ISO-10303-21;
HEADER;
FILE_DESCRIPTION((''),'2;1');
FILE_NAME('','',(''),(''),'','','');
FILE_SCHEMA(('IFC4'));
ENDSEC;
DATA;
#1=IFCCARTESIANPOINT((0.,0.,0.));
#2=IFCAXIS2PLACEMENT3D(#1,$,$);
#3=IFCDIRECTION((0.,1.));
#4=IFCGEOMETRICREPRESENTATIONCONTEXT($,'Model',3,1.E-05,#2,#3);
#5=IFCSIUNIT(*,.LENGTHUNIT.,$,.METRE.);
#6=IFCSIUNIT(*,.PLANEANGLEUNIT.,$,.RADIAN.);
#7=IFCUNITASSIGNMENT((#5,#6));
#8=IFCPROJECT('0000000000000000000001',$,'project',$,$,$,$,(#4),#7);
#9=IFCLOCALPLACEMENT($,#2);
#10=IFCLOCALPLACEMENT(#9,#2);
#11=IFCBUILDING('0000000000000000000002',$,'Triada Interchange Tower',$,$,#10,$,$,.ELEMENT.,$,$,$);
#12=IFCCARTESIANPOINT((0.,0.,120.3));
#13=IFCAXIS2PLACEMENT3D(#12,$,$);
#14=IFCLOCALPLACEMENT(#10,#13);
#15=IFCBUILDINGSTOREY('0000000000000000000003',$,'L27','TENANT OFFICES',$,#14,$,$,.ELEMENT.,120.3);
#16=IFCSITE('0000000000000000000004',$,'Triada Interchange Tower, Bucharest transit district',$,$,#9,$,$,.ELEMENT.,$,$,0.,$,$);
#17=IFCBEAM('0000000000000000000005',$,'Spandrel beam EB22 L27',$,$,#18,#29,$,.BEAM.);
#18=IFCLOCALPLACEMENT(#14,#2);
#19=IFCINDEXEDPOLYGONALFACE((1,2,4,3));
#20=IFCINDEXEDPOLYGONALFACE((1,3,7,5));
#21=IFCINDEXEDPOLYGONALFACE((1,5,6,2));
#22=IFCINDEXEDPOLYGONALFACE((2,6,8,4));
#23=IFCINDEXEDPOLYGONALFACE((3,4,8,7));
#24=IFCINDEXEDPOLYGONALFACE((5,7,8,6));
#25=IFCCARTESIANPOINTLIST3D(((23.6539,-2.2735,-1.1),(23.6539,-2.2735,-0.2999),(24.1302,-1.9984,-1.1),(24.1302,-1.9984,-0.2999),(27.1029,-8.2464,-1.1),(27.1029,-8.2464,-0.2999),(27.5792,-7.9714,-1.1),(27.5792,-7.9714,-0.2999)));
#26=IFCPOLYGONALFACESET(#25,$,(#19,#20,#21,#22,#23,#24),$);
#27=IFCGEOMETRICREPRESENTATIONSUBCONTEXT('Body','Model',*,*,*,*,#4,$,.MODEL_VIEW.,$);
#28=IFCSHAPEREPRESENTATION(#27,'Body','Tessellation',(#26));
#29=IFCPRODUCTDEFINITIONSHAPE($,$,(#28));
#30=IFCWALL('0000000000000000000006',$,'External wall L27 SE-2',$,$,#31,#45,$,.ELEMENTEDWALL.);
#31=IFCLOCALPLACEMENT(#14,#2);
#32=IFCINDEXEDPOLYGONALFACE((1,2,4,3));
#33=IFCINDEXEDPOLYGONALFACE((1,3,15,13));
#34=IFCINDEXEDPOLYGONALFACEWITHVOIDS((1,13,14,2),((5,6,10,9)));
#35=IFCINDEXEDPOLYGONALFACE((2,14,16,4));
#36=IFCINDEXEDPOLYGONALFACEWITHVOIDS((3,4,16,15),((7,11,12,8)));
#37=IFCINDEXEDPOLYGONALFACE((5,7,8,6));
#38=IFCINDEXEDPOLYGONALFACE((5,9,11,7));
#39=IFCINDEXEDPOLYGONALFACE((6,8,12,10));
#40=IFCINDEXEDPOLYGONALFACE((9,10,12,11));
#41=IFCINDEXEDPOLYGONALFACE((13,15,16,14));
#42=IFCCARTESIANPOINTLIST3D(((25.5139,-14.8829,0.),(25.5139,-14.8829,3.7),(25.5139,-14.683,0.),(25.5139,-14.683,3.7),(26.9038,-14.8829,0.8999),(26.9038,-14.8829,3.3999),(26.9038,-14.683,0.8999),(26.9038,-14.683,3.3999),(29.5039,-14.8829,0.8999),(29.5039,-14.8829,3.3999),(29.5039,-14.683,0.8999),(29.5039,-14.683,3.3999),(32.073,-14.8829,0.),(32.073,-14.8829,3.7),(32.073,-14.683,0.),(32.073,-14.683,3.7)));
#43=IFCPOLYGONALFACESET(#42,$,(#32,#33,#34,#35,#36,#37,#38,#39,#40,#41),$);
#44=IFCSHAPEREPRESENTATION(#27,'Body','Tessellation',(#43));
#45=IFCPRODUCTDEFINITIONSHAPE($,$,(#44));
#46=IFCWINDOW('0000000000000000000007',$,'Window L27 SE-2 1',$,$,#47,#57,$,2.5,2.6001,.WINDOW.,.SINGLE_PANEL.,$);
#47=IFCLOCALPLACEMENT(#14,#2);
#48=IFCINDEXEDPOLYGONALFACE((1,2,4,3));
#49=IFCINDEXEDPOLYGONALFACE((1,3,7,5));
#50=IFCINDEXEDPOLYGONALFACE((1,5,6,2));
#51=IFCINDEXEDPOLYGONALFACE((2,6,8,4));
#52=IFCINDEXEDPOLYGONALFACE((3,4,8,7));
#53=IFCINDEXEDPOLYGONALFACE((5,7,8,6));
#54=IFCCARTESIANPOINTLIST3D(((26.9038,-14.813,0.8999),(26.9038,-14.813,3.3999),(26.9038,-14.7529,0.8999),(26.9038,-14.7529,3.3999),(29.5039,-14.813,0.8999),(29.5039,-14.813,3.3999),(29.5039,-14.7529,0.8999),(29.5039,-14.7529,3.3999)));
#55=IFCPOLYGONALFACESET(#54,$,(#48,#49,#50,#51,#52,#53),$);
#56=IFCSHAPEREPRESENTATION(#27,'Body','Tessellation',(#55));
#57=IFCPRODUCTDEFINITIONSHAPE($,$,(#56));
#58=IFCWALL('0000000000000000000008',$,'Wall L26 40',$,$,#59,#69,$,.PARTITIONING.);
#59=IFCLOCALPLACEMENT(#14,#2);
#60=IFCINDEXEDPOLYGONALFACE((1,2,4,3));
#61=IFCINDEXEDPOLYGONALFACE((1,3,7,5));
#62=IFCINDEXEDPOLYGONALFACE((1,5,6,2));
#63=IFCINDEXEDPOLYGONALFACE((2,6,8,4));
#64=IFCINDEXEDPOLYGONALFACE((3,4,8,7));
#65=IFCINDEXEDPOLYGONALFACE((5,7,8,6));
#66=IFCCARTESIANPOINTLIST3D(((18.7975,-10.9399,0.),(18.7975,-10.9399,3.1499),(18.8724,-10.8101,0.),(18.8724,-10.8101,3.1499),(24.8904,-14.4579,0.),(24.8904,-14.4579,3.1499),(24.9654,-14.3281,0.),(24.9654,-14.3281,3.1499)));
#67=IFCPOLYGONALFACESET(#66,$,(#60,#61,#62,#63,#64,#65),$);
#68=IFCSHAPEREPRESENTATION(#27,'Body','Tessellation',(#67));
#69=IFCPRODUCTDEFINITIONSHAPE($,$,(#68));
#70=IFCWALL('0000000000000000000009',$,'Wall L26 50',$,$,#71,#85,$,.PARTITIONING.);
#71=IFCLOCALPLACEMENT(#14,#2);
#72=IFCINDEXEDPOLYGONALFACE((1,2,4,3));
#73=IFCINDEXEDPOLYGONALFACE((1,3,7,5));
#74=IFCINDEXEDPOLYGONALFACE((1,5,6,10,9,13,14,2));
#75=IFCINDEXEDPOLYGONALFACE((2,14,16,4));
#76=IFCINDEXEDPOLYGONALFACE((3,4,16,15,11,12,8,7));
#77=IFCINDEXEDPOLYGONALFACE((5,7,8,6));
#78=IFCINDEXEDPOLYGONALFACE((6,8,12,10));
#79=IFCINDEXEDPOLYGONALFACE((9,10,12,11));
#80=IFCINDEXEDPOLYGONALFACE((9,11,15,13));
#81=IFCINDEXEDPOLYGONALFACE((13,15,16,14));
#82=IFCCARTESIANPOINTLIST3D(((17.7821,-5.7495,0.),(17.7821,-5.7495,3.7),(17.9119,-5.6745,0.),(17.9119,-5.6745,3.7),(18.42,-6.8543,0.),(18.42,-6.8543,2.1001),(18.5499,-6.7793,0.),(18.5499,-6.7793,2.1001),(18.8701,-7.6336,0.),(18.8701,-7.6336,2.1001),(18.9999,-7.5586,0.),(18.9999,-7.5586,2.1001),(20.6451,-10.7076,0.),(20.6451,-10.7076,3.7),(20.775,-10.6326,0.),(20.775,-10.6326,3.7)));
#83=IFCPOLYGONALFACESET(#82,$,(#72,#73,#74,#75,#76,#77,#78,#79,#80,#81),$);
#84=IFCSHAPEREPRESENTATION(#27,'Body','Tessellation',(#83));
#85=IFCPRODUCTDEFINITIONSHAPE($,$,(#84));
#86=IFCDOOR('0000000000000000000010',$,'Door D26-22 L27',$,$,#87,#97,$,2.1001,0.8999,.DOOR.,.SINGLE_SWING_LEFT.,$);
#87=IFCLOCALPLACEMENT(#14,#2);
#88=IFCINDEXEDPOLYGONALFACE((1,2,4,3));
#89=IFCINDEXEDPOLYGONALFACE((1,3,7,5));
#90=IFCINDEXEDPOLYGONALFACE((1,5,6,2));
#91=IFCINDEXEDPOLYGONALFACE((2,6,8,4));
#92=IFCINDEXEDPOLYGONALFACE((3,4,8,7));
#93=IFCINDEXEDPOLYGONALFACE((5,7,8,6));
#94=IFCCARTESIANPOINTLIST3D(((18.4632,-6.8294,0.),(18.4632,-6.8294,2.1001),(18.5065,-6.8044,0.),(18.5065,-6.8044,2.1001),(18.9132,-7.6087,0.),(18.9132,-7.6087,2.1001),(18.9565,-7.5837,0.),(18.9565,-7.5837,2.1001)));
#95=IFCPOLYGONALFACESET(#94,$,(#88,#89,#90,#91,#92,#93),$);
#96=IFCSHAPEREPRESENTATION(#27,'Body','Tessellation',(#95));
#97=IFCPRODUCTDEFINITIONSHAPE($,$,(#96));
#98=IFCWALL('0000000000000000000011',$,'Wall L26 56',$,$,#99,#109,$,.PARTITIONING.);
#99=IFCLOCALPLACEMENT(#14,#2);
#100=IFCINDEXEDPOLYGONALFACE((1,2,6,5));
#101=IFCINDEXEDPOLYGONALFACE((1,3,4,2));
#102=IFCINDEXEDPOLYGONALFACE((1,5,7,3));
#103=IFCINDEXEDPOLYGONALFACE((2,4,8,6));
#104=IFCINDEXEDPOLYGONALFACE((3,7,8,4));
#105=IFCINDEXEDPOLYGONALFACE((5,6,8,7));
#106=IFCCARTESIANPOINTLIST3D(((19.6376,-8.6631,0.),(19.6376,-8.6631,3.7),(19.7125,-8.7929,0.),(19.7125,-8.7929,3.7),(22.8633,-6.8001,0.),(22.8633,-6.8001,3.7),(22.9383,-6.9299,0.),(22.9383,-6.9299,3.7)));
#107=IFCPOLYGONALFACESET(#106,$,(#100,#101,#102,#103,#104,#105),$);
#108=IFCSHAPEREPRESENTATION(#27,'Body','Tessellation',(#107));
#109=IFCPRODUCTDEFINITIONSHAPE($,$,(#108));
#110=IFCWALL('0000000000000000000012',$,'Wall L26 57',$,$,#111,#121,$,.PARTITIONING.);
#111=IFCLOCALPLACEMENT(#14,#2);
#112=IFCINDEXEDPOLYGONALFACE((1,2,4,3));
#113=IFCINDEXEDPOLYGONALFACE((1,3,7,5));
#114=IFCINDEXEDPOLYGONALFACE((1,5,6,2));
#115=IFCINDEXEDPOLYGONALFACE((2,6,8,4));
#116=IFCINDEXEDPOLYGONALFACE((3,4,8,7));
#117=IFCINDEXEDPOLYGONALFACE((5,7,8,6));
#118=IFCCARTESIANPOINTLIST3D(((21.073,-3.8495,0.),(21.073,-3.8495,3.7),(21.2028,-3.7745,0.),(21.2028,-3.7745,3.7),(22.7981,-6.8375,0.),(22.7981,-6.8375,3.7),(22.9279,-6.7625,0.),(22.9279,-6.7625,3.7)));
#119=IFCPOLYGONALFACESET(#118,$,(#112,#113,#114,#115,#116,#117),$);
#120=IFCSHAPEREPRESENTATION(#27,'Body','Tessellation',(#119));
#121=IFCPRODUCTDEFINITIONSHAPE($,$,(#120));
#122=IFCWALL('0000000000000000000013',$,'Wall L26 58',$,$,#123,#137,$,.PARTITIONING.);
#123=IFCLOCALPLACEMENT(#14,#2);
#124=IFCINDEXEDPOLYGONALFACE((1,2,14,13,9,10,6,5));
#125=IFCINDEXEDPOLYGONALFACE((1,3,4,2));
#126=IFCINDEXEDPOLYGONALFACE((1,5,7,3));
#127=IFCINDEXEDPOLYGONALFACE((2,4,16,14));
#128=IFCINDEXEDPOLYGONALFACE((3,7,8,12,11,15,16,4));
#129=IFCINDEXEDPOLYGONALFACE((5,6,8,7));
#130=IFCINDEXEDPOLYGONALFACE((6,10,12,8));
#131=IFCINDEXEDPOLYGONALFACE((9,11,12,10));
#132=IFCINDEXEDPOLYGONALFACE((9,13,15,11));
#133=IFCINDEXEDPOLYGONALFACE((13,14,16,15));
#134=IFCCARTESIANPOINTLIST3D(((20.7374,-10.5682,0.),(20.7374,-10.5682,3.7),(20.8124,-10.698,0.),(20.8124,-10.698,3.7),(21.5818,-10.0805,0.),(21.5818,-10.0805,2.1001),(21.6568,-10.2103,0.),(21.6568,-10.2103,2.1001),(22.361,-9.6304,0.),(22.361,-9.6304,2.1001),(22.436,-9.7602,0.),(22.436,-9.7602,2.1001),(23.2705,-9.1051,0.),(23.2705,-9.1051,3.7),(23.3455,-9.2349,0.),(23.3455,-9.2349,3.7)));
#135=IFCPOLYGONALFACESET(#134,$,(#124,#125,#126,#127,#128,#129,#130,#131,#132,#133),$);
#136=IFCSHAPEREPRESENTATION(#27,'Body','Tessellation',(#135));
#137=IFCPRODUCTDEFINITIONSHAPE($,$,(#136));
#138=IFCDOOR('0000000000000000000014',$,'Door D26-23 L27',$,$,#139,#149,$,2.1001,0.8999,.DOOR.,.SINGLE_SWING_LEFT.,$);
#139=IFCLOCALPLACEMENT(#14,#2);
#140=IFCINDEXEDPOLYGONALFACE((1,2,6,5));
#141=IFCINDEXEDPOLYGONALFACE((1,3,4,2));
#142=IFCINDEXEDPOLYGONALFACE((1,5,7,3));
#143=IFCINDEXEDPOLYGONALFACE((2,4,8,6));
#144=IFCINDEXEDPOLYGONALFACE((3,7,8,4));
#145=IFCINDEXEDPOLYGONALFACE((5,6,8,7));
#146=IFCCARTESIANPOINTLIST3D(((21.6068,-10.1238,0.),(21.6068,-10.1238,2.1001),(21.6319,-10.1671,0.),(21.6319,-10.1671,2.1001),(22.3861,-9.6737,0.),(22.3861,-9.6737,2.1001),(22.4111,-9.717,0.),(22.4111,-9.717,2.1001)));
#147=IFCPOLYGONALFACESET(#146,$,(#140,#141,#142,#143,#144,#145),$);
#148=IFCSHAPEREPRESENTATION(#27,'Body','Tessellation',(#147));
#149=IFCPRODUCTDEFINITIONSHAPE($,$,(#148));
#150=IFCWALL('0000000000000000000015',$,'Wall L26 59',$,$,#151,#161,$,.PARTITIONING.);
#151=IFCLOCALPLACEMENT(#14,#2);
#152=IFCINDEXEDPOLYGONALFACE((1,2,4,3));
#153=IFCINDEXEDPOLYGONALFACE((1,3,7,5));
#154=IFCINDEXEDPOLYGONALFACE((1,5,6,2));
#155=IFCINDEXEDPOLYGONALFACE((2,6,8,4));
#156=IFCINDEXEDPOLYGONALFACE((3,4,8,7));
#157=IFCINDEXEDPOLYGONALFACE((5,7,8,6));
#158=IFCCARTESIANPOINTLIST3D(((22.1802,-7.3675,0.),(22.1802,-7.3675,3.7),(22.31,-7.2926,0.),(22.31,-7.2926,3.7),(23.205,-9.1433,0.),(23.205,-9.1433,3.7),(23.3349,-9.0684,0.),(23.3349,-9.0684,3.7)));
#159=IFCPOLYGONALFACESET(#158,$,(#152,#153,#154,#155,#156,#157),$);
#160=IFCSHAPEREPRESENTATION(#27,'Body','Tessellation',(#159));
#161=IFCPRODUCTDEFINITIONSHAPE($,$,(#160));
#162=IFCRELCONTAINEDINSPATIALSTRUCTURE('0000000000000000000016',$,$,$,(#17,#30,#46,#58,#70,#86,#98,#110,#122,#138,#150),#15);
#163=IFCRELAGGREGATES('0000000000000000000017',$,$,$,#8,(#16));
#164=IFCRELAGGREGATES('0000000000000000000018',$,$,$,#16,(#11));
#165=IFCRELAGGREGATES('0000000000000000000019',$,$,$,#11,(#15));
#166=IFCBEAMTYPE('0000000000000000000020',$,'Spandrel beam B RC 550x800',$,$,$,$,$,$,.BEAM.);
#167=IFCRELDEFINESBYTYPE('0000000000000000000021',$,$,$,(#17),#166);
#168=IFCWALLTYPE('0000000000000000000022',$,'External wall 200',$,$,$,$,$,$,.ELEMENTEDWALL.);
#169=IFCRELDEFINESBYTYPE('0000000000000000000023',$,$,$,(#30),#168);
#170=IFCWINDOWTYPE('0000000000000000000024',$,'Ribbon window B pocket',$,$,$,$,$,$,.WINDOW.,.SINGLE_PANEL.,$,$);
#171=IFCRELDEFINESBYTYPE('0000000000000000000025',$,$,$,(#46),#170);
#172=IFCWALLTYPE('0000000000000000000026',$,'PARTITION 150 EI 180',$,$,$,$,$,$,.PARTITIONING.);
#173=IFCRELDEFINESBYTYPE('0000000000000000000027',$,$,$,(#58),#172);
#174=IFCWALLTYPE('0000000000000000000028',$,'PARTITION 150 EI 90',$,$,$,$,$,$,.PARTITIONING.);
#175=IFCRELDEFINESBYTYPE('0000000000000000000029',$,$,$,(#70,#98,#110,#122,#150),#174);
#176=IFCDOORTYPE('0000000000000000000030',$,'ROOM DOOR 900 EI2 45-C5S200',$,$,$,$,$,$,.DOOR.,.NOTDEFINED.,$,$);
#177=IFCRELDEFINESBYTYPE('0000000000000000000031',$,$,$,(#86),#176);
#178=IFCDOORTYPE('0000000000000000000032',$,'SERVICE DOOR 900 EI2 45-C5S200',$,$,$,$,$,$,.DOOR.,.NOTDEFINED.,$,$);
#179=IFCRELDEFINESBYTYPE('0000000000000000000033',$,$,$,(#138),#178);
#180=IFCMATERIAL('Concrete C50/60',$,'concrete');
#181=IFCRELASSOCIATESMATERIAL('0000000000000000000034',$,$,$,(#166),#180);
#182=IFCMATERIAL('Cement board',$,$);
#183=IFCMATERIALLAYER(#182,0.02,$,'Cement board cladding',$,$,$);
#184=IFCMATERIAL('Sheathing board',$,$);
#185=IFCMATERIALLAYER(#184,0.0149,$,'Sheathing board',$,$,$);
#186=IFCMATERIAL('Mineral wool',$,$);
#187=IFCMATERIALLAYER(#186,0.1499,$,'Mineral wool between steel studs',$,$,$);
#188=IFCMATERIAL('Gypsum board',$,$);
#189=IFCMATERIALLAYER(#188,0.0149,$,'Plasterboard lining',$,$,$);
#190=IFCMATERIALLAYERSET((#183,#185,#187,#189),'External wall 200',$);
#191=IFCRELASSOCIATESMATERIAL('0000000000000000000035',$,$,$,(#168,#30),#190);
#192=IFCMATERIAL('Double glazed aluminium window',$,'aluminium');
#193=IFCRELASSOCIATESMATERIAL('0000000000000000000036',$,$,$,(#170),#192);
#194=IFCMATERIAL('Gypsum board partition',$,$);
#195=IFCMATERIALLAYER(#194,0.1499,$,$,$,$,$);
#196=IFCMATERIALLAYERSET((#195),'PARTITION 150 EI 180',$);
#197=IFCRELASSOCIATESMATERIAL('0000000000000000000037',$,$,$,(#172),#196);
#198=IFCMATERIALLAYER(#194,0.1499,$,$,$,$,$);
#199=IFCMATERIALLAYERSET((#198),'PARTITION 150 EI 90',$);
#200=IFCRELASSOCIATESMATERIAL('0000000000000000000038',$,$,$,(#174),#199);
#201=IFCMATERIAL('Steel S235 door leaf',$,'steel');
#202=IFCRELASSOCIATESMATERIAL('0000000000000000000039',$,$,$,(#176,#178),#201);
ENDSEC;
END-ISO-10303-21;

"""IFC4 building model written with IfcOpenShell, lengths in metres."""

from ifc_helpers import new_model, si_unit, direction, frame, frame_2d, origin, origin_2d, place, context, subcontext, project, spatial, rectangle, extrude, material, layer, layer_set, layer_usage, material_profile, profile_set, type_object, element, fill, save


model = new_model("IFC4")

# Units and contexts
model_context = context("Model", 3, precision=1e-05, world=origin(), true_north=direction((0.0, 1.0)))
body_context = subcontext(model_context, "Body", "Model", "MODEL_VIEW")
ifc_project = project(units=[si_unit("LENGTHUNIT", "METRE"), si_unit("PLANEANGLEUNIT", "RADIAN")], contexts=[model_context])

# Site, building, storey
site_placement = place(None, origin())
site = spatial("IfcSite", under=ifc_project, at=site_placement, Name="Triada Interchange Tower, Bucharest transit district", CompositionType="ELEMENT", RefElevation=0.0)
building_placement = place(site_placement, origin())
building = spatial("IfcBuilding", under=site, at=building_placement, Name="Triada Interchange Tower", CompositionType="ELEMENT")
storey_placement = place(building_placement, frame((0.0, 0.0, 120.3)))
storey = spatial("IfcBuildingStorey", under=building, at=storey_placement, Name="L27", Description="TENANT OFFICES", CompositionType="ELEMENT", Elevation=120.3)

# Beam
ifc_material_1 = material(Name="Concrete C50/60", Category="concrete")
ifc_material_profile_1 = material_profile(ifc_material_1, rectangle(XDim=0.55, YDim=0.8, at=origin_2d()), Name="RC 550x800")
ifc_profile_set_1 = profile_set([ifc_material_profile_1], Name="Concrete C50/60")
beam_type_1 = type_object("IfcBeamType", Name="Spandrel beam B RC 550x800", PredefinedType="BEAM", material=ifc_profile_set_1)
beam_1_placement = place(storey_placement, frame((27.3411, -8.1089, -0.7), z_axis=(-0.500056, 0.865993, 0.0), x_axis=(-0.865993, -0.500056, 0.0)))
element("IfcBeam", 1, at=beam_1_placement, inside=storey, type_object=beam_type_1, Name="Spandrel beam EB22 L27", PredefinedType="BEAM", context=body_context, shape_type="SweptSolid", body=[
    extrude(rectangle(XDim=0.55, YDim=0.8, at=origin_2d()), origin(), (0.0, 0.0, 1.0), 6.8972),
])

# Wall, opening, window
ifc_material_2 = material(Name="Cement board")
ifc_layer_1 = layer(ifc_material_2, 0.02, Name="Cement board cladding")
ifc_material_3 = material(Name="Sheathing board")
ifc_layer_2 = layer(ifc_material_3, 0.0149, Name="Sheathing board")
ifc_material_4 = material(Name="Mineral wool")
ifc_layer_3 = layer(ifc_material_4, 0.1499, Name="Mineral wool between steel studs")
ifc_material_5 = material(Name="Gypsum board")
ifc_layer_4 = layer(ifc_material_5, 0.0149, Name="Plasterboard lining")
ifc_layer_set_1 = layer_set([ifc_layer_1, ifc_layer_2, ifc_layer_3, ifc_layer_4], Name="External wall 200")
ifc_layer_usage = layer_usage(ifc_layer_set_1, "AXIS2", "POSITIVE", -0.1001)
wall_type_1 = type_object("IfcWallType", Name="External wall 200", PredefinedType="ELEMENTEDWALL", material=ifc_layer_set_1)
wall_1_placement = place(storey_placement, frame((25.5139, -14.783, 0.0), z_axis=(0.0, 0.0, 1.0), x_axis=(1.0, 0.0, 0.0)))
wall_1 = element("IfcWall", 2, at=wall_1_placement, inside=storey, type_object=wall_type_1, material=ifc_layer_usage, Name="External wall L27 SE-2", PredefinedType="ELEMENTEDWALL", context=body_context, shape_type="SweptSolid", body=[
    extrude(rectangle(XDim=6.5591, YDim=0.2, at=frame_2d((3.2795, 0.0))), origin(), (0.0, 0.0, 1.0), 3.7),
])
opening_1_placement = place(wall_1_placement, frame((1.3899, 0.0, 0.8999)))
opening_1 = element("IfcOpeningElement", 3, at=opening_1_placement, cuts=wall_1, PredefinedType="OPENING", context=body_context, shape_type="SweptSolid", body=[
    extrude(rectangle(XDim=2.6001, YDim=2.5, at=frame_2d((1.3, 1.25))), frame((0.0, 0.1099, 0.0), z_axis=(0.0, -1.0, 0.0), x_axis=(1.0, 0.0, 0.0)), (0.0, 0.0, 1.0), 0.22),
])
ifc_material_6 = material(Name="Double glazed aluminium window", Category="aluminium")
window_type = type_object("IfcWindowType", Name="Ribbon window B pocket", PartitioningType="SINGLE_PANEL", PredefinedType="WINDOW", material=ifc_material_6)
window_placement = place(opening_1_placement, origin())
window = element("IfcWindow", 4, at=window_placement, inside=storey, type_object=window_type, Name="Window L27 SE-2 1", OverallHeight=2.5, OverallWidth=2.6001, PartitioningType="SINGLE_PANEL", PredefinedType="WINDOW", context=body_context, shape_type="SweptSolid", body=[
    extrude(rectangle(XDim=2.6001, YDim=2.5, at=frame_2d((1.3, 1.25))), frame((0.0, 0.03, 0.0), z_axis=(0.0, -1.0, 0.0), x_axis=(1.0, 0.0, 0.0)), (0.0, 0.0, 1.0), 0.0601),
])
fill(opening_1, window)

# Wall
ifc_material_7 = material(Name="Gypsum board partition")
ifc_layer_5 = layer(ifc_material_7, 0.1499)
ifc_layer_set_2 = layer_set([ifc_layer_5], Name="PARTITION 150 EI 180")
wall_type_2 = type_object("IfcWallType", Name="PARTITION 150 EI 180", PredefinedType="PARTITIONING", material=ifc_layer_set_2)
wall_2_placement = place(storey_placement, frame((18.835, -10.875, 0.0), z_axis=(0.0, 0.0, 1.0), x_axis=(0.866009, -0.500028, 0.0)))
element("IfcWall", 5, at=wall_2_placement, inside=storey, type_object=wall_type_2, Name="Wall L26 40", PredefinedType="PARTITIONING", context=body_context, shape_type="SweptSolid", body=[
    extrude(rectangle(XDim=7.0356, YDim=0.1499, at=frame_2d((3.5178, 0.0))), origin(), (0.0, 0.0, 1.0), 3.1499),
])

# Wall, opening, door
ifc_layer_6 = layer(ifc_material_7, 0.1499)
ifc_layer_set_3 = layer_set([ifc_layer_6], Name="PARTITION 150 EI 90")
wall_type_3 = type_object("IfcWallType", Name="PARTITION 150 EI 90", PredefinedType="PARTITIONING", material=ifc_layer_set_3)
wall_3_placement = place(storey_placement, frame((17.8469, -5.7119, 0.0), z_axis=(0.0, 0.0, 1.0), x_axis=(0.500069, -0.865985, 0.0)))
wall_3 = element("IfcWall", 6, at=wall_3_placement, inside=storey, type_object=wall_type_3, Name="Wall L26 50", PredefinedType="PARTITIONING", context=body_context, shape_type="SweptSolid", body=[
    extrude(rectangle(XDim=5.7253, YDim=0.1499, at=frame_2d((2.8628, 0.0))), origin(), (0.0, 0.0, 1.0), 3.7),
])
opening_2_placement = place(wall_3_placement, frame((1.2759, 0.0, 0.0)))
opening_2 = element("IfcOpeningElement", 7, at=opening_2_placement, cuts=wall_3, PredefinedType="OPENING", context=body_context, shape_type="SweptSolid", body=[
    extrude(rectangle(XDim=0.8999, YDim=2.1001, at=frame_2d((0.45, 1.05))), frame((0.0, 0.085, 0.0), z_axis=(0.0, -1.0, 0.0), x_axis=(1.0, 0.0, 0.0)), (0.0, 0.0, 1.0), 0.1699),
])
ifc_material_8 = material(Name="Steel S235 door leaf", Category="steel")
door_type_1 = type_object("IfcDoorType", Name="ROOM DOOR 900 EI2 45-C5S200", OperationType="NOTDEFINED", PredefinedType="DOOR", material=ifc_material_8)
door_1_placement = place(opening_2_placement, origin())
door_1 = element("IfcDoor", 8, at=door_1_placement, inside=storey, type_object=door_type_1, Name="Door D26-22 L27", OperationType="SINGLE_SWING_LEFT", OverallHeight=2.1001, OverallWidth=0.8999, PredefinedType="DOOR", context=body_context, shape_type="SweptSolid", body=[
    extrude(rectangle(XDim=0.8999, YDim=2.1001, at=frame_2d((0.45, 1.05))), frame((0.0, 0.0249, 0.0), z_axis=(0.0, -1.0, 0.0), x_axis=(1.0, 0.0, 0.0)), (0.0, 0.0, 1.0), 0.05),
])
fill(opening_2, door_1)

# Walls
wall_4_placement = place(storey_placement, frame((19.675, -8.728, 0.0), z_axis=(0.0, 0.0, 1.0), x_axis=(0.865955, 0.500121, 0.0)))
element("IfcWall", 9, at=wall_4_placement, inside=storey, type_object=wall_type_3, Name="Wall L26 56", PredefinedType="PARTITIONING", context=body_context, shape_type="SweptSolid", body=[
    extrude(rectangle(XDim=3.7251, YDim=0.1499, at=frame_2d((1.8625, 0.0))), origin(), (0.0, 0.0, 1.0), 3.7),
])
wall_5_placement = place(storey_placement, frame((21.1379, -3.812, 0.0), z_axis=(0.0, 0.0, 1.0), x_axis=(0.49999, -0.866031, 0.0)))
element("IfcWall", 10, at=wall_5_placement, inside=storey, type_object=wall_type_3, Name="Wall L26 57", PredefinedType="PARTITIONING", context=body_context, shape_type="SweptSolid", body=[
    extrude(rectangle(XDim=3.4502, YDim=0.1499, at=frame_2d((1.7251, 0.0))), origin(), (0.0, 0.0, 1.0), 3.7),
])

# Wall, opening, door
wall_6_placement = place(storey_placement, frame((20.7749, -10.6331, 0.0), z_axis=(0.0, 0.0, 1.0), x_axis=(0.865938, 0.500151, 0.0)))
wall_6 = element("IfcWall", 11, at=wall_6_placement, inside=storey, type_object=wall_type_3, Name="Wall L26 58", PredefinedType="PARTITIONING", context=body_context, shape_type="SweptSolid", body=[
    extrude(rectangle(XDim=2.9253, YDim=0.1499, at=frame_2d((1.4626, 0.0))), origin(), (0.0, 0.0, 1.0), 3.7),
])
opening_3_placement = place(wall_6_placement, frame((0.9751, 0.0, 0.0)))
opening_3 = element("IfcOpeningElement", 12, at=opening_3_placement, cuts=wall_6, PredefinedType="OPENING", context=body_context, shape_type="SweptSolid", body=[
    extrude(rectangle(XDim=0.8999, YDim=2.1001, at=frame_2d((0.45, 1.05))), frame((0.0, 0.085, 0.0), z_axis=(0.0, -1.0, 0.0), x_axis=(1.0, 0.0, 0.0)), (0.0, 0.0, 1.0), 0.1699),
])
door_type_2 = type_object("IfcDoorType", Name="SERVICE DOOR 900 EI2 45-C5S200", OperationType="NOTDEFINED", PredefinedType="DOOR", material=ifc_material_8)
door_2_placement = place(opening_3_placement, origin())
door_2 = element("IfcDoor", 13, at=door_2_placement, inside=storey, type_object=door_type_2, Name="Door D26-23 L27", OperationType="SINGLE_SWING_LEFT", OverallHeight=2.1001, OverallWidth=0.8999, PredefinedType="DOOR", context=body_context, shape_type="SweptSolid", body=[
    extrude(rectangle(XDim=0.8999, YDim=2.1001, at=frame_2d((0.45, 1.05))), frame((0.0, 0.0249, 0.0), z_axis=(0.0, -1.0, 0.0), x_axis=(1.0, 0.0, 0.0)), (0.0, 0.0, 1.0), 0.05),
])
fill(opening_3, door_2)

# Wall
wall_7_placement = place(storey_placement, frame((22.2451, -7.3301, 0.0), z_axis=(0.0, 0.0, 1.0), x_axis=(0.499853, -0.86611, 0.0)))
element("IfcWall", 14, at=wall_7_placement, inside=storey, type_object=wall_type_3, Name="Wall L26 59", PredefinedType="PARTITIONING", context=body_context, shape_type="SweptSolid", body=[
    extrude(rectangle(XDim=2.0503, YDim=0.1499, at=frame_2d((1.0251, 0.0))), origin(), (0.0, 0.0, 1.0), 3.7),
])

save(model, "model.ifc")
